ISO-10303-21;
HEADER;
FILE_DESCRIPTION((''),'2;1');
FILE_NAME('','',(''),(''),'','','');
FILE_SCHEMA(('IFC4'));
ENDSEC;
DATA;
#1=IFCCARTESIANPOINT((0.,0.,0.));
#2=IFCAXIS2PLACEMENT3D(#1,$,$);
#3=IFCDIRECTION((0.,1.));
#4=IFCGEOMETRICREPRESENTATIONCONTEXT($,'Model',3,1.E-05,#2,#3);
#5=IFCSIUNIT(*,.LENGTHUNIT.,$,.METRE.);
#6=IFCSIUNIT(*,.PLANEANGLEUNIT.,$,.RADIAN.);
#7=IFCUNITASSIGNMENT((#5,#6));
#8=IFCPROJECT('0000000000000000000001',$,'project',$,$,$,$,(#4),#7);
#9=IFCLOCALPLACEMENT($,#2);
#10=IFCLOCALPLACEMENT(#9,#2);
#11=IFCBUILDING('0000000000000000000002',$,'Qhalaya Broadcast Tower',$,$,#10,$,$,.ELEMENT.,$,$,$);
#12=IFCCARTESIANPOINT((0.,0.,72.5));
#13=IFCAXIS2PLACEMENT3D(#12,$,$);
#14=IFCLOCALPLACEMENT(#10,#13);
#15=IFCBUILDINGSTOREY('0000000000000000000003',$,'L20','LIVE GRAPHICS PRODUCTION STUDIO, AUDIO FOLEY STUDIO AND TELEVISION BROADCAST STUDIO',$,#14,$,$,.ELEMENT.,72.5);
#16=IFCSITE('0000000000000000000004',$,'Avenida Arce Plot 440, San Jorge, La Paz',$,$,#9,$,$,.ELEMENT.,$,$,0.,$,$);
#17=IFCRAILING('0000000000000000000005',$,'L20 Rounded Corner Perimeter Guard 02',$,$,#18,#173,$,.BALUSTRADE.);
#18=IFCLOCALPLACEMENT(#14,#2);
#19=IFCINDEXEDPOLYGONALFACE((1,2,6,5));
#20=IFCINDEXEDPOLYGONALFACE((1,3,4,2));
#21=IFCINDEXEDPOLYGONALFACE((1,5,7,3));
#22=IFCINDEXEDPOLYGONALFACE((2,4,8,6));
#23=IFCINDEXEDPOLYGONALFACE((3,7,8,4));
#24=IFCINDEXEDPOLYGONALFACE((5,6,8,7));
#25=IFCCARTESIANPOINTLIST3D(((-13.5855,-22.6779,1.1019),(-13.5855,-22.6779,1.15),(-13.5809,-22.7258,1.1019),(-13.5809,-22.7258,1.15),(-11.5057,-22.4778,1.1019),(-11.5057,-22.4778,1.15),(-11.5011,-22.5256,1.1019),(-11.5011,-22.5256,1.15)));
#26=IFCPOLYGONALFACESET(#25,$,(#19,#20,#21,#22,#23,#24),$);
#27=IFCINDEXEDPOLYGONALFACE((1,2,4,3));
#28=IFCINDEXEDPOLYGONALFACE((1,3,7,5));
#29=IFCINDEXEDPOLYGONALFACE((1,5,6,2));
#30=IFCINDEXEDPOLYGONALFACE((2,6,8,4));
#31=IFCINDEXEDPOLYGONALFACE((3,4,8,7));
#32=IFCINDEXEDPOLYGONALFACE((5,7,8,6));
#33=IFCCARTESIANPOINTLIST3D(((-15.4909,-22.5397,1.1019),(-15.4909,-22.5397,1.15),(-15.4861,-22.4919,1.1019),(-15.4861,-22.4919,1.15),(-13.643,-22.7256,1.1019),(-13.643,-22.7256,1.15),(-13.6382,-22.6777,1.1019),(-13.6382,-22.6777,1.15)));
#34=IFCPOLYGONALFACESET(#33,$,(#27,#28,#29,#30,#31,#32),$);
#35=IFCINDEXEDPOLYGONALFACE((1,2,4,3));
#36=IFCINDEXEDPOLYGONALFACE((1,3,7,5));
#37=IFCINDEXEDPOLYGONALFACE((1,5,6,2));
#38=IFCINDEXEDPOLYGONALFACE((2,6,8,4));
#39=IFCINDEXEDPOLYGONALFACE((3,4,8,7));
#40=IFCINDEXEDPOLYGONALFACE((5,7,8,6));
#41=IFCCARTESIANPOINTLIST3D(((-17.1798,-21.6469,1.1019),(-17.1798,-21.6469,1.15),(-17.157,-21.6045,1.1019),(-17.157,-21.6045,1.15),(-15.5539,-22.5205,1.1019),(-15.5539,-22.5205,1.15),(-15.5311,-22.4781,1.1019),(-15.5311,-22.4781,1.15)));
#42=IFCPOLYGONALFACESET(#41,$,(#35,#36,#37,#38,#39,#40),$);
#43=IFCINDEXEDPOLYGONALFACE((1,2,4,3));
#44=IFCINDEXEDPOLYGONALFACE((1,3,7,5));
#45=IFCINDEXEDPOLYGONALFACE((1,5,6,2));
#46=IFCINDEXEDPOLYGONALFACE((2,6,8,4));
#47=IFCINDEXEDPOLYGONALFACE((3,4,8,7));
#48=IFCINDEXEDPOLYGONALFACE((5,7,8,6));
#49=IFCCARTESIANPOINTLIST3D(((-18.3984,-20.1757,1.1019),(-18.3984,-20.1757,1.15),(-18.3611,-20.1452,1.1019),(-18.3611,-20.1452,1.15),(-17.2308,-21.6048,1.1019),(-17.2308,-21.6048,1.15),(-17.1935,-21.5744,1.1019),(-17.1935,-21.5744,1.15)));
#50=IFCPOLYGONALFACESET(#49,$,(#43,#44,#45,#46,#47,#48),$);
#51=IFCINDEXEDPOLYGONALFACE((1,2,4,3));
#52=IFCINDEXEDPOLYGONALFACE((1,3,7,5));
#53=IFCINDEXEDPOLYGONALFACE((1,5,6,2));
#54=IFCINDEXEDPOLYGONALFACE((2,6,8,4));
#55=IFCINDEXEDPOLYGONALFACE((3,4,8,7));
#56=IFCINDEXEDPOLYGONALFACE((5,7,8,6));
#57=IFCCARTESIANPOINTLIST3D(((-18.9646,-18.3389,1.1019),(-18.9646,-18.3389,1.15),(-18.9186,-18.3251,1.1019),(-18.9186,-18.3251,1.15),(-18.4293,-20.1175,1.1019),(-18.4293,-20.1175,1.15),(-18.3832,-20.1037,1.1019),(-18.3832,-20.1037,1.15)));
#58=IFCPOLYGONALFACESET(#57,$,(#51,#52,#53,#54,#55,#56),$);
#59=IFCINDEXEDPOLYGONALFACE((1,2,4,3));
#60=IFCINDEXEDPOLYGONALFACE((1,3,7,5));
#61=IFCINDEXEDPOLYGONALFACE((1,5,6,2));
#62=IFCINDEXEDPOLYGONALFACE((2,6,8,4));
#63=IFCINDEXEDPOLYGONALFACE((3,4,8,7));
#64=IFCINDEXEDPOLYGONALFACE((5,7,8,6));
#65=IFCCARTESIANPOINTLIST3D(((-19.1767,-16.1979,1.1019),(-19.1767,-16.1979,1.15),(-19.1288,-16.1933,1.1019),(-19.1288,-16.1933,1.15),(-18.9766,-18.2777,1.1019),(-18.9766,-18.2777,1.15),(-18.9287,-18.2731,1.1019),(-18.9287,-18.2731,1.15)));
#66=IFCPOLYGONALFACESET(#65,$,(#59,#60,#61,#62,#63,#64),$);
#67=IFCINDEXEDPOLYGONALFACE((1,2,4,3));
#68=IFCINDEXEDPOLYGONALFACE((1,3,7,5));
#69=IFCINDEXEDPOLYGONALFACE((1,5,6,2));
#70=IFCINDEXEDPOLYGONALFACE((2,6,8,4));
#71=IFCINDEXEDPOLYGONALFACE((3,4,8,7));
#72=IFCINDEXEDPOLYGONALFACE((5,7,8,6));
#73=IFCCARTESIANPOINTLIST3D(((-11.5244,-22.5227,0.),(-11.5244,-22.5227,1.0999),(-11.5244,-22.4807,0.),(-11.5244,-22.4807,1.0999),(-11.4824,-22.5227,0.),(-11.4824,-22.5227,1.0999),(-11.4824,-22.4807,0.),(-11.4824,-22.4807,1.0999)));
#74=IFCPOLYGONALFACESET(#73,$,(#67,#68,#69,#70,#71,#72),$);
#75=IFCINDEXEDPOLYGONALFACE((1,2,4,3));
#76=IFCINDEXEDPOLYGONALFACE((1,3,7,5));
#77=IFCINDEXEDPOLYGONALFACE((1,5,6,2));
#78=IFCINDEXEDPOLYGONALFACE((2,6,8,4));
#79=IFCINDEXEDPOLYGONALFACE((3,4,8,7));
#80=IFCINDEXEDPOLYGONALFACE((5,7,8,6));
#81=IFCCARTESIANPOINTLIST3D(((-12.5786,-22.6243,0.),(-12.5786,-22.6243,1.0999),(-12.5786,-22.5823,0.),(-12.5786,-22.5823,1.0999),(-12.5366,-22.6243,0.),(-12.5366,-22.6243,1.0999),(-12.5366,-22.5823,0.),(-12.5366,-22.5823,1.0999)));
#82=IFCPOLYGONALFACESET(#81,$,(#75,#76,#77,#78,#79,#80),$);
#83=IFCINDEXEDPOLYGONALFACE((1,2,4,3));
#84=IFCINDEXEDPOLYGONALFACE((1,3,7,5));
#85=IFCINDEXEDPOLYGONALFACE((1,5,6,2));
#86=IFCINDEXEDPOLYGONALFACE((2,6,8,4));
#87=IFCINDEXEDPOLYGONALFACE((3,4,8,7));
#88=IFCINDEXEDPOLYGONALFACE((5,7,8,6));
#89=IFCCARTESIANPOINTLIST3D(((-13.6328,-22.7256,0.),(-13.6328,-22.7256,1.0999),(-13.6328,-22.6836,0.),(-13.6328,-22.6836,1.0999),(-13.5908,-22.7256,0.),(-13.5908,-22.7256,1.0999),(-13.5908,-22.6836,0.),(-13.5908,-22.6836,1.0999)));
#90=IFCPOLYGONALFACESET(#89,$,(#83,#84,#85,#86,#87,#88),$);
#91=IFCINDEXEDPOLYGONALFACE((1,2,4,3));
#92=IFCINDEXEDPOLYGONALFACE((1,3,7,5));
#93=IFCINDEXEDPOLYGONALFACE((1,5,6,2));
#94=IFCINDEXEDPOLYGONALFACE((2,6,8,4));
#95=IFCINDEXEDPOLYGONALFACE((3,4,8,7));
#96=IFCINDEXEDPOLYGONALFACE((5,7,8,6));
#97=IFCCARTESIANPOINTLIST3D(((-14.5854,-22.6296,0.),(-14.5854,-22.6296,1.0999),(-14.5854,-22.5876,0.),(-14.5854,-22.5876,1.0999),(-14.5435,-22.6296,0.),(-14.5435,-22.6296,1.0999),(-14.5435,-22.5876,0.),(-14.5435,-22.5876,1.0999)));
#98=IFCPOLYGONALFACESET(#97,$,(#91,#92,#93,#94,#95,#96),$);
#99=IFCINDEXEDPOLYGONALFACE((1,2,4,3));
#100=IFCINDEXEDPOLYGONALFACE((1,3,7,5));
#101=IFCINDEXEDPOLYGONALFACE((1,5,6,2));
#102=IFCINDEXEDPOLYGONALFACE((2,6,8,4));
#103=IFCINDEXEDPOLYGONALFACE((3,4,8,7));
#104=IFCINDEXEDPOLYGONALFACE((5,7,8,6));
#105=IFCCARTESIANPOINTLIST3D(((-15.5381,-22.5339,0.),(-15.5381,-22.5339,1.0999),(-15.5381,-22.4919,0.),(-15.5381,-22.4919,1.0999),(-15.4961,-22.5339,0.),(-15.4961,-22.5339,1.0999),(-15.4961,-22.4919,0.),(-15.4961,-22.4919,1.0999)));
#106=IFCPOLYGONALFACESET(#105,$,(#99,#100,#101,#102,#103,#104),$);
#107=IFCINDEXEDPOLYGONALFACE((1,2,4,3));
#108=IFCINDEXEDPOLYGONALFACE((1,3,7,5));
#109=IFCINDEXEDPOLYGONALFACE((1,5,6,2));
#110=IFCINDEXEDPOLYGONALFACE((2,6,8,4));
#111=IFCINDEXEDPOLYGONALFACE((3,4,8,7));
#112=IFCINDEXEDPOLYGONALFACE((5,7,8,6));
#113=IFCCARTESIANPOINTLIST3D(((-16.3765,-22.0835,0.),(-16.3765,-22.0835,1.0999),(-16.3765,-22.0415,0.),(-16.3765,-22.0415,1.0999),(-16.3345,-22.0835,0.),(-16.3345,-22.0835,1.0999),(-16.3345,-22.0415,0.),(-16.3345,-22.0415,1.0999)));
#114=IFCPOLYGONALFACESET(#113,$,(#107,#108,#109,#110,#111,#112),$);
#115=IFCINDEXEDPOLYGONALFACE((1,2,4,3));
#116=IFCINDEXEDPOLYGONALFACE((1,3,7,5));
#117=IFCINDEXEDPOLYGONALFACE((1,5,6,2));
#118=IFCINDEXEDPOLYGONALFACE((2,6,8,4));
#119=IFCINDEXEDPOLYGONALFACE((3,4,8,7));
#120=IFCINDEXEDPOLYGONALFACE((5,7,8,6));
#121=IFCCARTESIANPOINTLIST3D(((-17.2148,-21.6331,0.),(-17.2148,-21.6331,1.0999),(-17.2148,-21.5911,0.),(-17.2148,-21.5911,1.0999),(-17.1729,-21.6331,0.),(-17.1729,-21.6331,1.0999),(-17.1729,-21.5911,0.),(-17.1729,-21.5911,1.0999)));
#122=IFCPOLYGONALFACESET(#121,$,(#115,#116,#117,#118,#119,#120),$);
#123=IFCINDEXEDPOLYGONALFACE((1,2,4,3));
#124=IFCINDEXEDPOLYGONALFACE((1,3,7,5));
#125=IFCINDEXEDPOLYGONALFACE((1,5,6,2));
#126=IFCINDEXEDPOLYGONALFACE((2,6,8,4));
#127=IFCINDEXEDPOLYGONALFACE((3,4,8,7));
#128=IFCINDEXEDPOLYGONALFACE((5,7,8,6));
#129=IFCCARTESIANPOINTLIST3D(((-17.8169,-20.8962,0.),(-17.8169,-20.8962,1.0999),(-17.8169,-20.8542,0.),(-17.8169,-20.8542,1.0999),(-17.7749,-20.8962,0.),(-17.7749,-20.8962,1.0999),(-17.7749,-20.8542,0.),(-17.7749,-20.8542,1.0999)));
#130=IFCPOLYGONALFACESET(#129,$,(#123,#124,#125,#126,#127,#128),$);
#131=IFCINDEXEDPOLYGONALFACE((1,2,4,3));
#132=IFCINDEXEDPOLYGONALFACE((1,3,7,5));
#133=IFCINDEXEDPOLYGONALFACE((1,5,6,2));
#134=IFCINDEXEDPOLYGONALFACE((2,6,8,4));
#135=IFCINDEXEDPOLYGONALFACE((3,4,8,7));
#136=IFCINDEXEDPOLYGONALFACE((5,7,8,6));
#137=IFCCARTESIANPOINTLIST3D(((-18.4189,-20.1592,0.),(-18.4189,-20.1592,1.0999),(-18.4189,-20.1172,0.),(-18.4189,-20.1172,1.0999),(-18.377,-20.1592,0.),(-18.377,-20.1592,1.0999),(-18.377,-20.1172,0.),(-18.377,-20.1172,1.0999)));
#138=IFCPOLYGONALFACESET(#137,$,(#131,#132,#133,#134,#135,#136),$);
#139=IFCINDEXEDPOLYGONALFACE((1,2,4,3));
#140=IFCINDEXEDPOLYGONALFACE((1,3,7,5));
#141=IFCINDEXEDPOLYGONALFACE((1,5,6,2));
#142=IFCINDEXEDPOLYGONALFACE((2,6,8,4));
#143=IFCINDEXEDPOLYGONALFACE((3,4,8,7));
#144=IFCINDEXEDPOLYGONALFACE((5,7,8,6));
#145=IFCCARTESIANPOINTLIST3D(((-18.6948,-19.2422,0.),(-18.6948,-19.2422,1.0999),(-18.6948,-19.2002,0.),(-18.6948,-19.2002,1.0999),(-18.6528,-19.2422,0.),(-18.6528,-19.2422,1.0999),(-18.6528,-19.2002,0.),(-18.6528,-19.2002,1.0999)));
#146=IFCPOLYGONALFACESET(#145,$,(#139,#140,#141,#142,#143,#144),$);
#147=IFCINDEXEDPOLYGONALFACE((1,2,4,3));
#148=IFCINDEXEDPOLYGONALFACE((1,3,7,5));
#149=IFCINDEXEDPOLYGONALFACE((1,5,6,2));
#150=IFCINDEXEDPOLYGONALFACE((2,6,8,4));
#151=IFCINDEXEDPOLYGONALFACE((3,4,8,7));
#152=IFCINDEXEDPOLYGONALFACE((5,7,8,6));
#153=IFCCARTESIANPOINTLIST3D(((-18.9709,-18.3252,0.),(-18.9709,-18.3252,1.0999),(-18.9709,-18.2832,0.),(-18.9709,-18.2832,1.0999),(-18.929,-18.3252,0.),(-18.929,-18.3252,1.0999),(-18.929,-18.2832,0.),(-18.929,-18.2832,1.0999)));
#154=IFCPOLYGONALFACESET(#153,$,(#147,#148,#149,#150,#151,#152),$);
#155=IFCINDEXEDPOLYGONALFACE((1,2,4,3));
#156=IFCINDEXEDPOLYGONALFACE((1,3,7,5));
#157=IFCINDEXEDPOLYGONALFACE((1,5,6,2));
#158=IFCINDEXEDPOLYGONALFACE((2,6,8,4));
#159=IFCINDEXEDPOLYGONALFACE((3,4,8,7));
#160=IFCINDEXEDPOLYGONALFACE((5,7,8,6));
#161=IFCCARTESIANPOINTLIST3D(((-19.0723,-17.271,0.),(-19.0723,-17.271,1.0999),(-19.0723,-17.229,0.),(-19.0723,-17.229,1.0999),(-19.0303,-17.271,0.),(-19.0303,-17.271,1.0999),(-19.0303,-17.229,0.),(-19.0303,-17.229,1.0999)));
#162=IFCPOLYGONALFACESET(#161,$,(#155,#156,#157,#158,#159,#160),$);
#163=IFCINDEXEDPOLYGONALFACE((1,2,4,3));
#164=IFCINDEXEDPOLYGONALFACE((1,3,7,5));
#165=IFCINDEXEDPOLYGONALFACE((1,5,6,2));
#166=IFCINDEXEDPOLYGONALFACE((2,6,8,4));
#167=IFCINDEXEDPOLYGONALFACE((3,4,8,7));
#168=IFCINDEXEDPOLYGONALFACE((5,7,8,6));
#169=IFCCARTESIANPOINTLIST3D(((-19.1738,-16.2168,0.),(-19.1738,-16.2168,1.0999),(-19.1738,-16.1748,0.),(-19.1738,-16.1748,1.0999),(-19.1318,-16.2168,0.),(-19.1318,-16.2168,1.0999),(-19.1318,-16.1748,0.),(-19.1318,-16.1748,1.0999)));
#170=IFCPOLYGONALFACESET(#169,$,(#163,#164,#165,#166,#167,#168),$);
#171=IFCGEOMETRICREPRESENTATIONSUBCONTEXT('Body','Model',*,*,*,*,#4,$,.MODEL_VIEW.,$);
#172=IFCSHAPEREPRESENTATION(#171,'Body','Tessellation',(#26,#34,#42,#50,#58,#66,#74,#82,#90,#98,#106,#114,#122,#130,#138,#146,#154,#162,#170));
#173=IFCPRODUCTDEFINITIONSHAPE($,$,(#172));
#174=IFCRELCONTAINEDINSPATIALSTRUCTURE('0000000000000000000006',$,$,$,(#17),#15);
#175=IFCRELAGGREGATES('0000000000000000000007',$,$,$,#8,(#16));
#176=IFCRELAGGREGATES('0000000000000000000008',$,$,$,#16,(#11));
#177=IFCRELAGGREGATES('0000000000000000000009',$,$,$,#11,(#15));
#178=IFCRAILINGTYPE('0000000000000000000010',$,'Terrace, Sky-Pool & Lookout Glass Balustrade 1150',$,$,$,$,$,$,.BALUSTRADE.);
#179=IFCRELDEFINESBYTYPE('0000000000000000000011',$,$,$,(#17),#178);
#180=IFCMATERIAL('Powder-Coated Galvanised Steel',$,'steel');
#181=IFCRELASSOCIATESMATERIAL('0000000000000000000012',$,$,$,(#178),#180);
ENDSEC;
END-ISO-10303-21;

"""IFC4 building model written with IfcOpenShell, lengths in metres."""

from ifc_helpers import new_model, si_unit, direction, frame, origin, origin_2d, place, context, subcontext, project, spatial, rectangle, extrude, material, type_object, element, save


model = new_model("IFC4")

# Units and contexts
model_context = context("Model", 3, precision=1e-05, world=origin(), true_north=direction((0.0, 1.0)))
body_context = subcontext(model_context, "Body", "Model", "MODEL_VIEW")
ifc_project = project(units=[si_unit("LENGTHUNIT", "METRE"), si_unit("PLANEANGLEUNIT", "RADIAN")], contexts=[model_context])

# Site, building, storey
site_placement = place(None, origin())
site = spatial("IfcSite", under=ifc_project, at=site_placement, Name="Avenida Arce Plot 440, San Jorge, La Paz", CompositionType="ELEMENT", RefElevation=0.0)
building_placement = place(site_placement, origin())
building = spatial("IfcBuilding", under=site, at=building_placement, Name="Qhalaya Broadcast Tower", CompositionType="ELEMENT")
storey_placement = place(building_placement, frame((0.0, 0.0, 72.5)))
storey = spatial("IfcBuildingStorey", under=building, at=storey_placement, Name="L20", Description="LIVE GRAPHICS PRODUCTION STUDIO, AUDIO FOLEY STUDIO AND TELEVISION BROADCAST STUDIO", CompositionType="ELEMENT", Elevation=72.5)

# Railing
ifc_material_1 = material(Name="Powder-Coated Galvanised Steel", Category="steel")
railing_type = type_object("IfcRailingType", Name="Terrace, Sky-Pool & Lookout Glass Balustrade 1150", PredefinedType="BALUSTRADE", material=ifc_material_1)
railing_placement = place(storey_placement, frame((-11.5034, -22.5017, 0.0)))
element("IfcRailing", 1, at=railing_placement, inside=storey, type_object=railing_type, Name="L20 Rounded Corner Perimeter Guard 02", PredefinedType="BALUSTRADE", context=body_context, shape_type="SweptSolid", body=[
    extrude(rectangle(XDim=0.0481, YDim=0.0481, at=origin_2d()), frame((0.0, 0.0, 1.126), z_axis=(-0.995402, -0.095783, 0.0), x_axis=(0.095783, -0.995402, 0.0)), (0.0, 0.0, 1.0), 2.0894),
    extrude(rectangle(XDim=0.0481, YDim=0.0481, at=origin_2d()), frame((-2.1372, -0.2, 1.126), z_axis=(-0.994979, 0.100084, 0.0), x_axis=(-0.100084, -0.994979, 0.0)), (0.0, 0.0, 1.0), 1.8572),
    extrude(rectangle(XDim=0.0481, YDim=0.0481, at=origin_2d()), frame((-4.0391, 0.0024, 1.126), z_axis=(-0.880907, 0.473289, 0.0), x_axis=(-0.473289, -0.880907, 0.0)), (0.0, 0.0, 1.0), 1.8457),
    extrude(rectangle(XDim=0.0481, YDim=0.0481, at=origin_2d()), frame((-5.7087, 0.9121, 1.126), z_axis=(-0.632672, 0.77442, 0.0), x_axis=(-0.77442, -0.632672, 0.0)), (0.0, 0.0, 1.0), 1.8455),
    extrude(rectangle(XDim=0.0481, YDim=0.0481, at=origin_2d()), frame((-6.9028, 2.3911, 1.126), z_axis=(-0.288213, 0.957566, 0.0), x_axis=(-0.957566, -0.288213, 0.0)), (0.0, 0.0, 1.0), 1.8574),
    extrude(rectangle(XDim=0.0481, YDim=0.0481, at=origin_2d()), frame((-7.4492, 4.2263, 1.126), z_axis=(-0.095783, 0.995402, 0.0), x_axis=(-0.995402, -0.095783, 0.0)), (0.0, 0.0, 1.0), 2.0894),
    extrude(rectangle(XDim=0.042, YDim=0.042, at=origin_2d()), origin(), (0.0, 0.0, 1.0), 1.0999),
    extrude(rectangle(XDim=0.042, YDim=0.042, at=origin_2d()), frame((-1.0542, -0.1016, 0.0)), (0.0, 0.0, 1.0), 1.0999),
    extrude(rectangle(XDim=0.042, YDim=0.042, at=origin_2d()), frame((-2.1084, -0.2029, 0.0)), (0.0, 0.0, 1.0), 1.0999),
    extrude(rectangle(XDim=0.042, YDim=0.042, at=origin_2d()), frame((-3.061, -0.1069, 0.0)), (0.0, 0.0, 1.0), 1.0999),
    extrude(rectangle(XDim=0.042, YDim=0.042, at=origin_2d()), frame((-4.0137, -0.0112, 0.0)), (0.0, 0.0, 1.0), 1.0999),
    extrude(rectangle(XDim=0.042, YDim=0.042, at=origin_2d()), frame((-4.8521, 0.4392, 0.0)), (0.0, 0.0, 1.0), 1.0999),
    extrude(rectangle(XDim=0.042, YDim=0.042, at=origin_2d()), frame((-5.6904, 0.8896, 0.0)), (0.0, 0.0, 1.0), 1.0999),
    extrude(rectangle(XDim=0.042, YDim=0.042, at=origin_2d()), frame((-6.2925, 1.6265, 0.0)), (0.0, 0.0, 1.0), 1.0999),
    extrude(rectangle(XDim=0.042, YDim=0.042, at=origin_2d()), frame((-6.8945, 2.3635, 0.0)), (0.0, 0.0, 1.0), 1.0999),
    extrude(rectangle(XDim=0.042, YDim=0.042, at=origin_2d()), frame((-7.1704, 3.2805, 0.0)), (0.0, 0.0, 1.0), 1.0999),
    extrude(rectangle(XDim=0.042, YDim=0.042, at=origin_2d()), frame((-7.4465, 4.1975, 0.0)), (0.0, 0.0, 1.0), 1.0999),
    extrude(rectangle(XDim=0.042, YDim=0.042, at=origin_2d()), frame((-7.5479, 5.2517, 0.0)), (0.0, 0.0, 1.0), 1.0999),
    extrude(rectangle(XDim=0.042, YDim=0.042, at=origin_2d()), frame((-7.6494, 6.3059, 0.0)), (0.0, 0.0, 1.0), 1.0999),
])

save(model, "model.ifc")
